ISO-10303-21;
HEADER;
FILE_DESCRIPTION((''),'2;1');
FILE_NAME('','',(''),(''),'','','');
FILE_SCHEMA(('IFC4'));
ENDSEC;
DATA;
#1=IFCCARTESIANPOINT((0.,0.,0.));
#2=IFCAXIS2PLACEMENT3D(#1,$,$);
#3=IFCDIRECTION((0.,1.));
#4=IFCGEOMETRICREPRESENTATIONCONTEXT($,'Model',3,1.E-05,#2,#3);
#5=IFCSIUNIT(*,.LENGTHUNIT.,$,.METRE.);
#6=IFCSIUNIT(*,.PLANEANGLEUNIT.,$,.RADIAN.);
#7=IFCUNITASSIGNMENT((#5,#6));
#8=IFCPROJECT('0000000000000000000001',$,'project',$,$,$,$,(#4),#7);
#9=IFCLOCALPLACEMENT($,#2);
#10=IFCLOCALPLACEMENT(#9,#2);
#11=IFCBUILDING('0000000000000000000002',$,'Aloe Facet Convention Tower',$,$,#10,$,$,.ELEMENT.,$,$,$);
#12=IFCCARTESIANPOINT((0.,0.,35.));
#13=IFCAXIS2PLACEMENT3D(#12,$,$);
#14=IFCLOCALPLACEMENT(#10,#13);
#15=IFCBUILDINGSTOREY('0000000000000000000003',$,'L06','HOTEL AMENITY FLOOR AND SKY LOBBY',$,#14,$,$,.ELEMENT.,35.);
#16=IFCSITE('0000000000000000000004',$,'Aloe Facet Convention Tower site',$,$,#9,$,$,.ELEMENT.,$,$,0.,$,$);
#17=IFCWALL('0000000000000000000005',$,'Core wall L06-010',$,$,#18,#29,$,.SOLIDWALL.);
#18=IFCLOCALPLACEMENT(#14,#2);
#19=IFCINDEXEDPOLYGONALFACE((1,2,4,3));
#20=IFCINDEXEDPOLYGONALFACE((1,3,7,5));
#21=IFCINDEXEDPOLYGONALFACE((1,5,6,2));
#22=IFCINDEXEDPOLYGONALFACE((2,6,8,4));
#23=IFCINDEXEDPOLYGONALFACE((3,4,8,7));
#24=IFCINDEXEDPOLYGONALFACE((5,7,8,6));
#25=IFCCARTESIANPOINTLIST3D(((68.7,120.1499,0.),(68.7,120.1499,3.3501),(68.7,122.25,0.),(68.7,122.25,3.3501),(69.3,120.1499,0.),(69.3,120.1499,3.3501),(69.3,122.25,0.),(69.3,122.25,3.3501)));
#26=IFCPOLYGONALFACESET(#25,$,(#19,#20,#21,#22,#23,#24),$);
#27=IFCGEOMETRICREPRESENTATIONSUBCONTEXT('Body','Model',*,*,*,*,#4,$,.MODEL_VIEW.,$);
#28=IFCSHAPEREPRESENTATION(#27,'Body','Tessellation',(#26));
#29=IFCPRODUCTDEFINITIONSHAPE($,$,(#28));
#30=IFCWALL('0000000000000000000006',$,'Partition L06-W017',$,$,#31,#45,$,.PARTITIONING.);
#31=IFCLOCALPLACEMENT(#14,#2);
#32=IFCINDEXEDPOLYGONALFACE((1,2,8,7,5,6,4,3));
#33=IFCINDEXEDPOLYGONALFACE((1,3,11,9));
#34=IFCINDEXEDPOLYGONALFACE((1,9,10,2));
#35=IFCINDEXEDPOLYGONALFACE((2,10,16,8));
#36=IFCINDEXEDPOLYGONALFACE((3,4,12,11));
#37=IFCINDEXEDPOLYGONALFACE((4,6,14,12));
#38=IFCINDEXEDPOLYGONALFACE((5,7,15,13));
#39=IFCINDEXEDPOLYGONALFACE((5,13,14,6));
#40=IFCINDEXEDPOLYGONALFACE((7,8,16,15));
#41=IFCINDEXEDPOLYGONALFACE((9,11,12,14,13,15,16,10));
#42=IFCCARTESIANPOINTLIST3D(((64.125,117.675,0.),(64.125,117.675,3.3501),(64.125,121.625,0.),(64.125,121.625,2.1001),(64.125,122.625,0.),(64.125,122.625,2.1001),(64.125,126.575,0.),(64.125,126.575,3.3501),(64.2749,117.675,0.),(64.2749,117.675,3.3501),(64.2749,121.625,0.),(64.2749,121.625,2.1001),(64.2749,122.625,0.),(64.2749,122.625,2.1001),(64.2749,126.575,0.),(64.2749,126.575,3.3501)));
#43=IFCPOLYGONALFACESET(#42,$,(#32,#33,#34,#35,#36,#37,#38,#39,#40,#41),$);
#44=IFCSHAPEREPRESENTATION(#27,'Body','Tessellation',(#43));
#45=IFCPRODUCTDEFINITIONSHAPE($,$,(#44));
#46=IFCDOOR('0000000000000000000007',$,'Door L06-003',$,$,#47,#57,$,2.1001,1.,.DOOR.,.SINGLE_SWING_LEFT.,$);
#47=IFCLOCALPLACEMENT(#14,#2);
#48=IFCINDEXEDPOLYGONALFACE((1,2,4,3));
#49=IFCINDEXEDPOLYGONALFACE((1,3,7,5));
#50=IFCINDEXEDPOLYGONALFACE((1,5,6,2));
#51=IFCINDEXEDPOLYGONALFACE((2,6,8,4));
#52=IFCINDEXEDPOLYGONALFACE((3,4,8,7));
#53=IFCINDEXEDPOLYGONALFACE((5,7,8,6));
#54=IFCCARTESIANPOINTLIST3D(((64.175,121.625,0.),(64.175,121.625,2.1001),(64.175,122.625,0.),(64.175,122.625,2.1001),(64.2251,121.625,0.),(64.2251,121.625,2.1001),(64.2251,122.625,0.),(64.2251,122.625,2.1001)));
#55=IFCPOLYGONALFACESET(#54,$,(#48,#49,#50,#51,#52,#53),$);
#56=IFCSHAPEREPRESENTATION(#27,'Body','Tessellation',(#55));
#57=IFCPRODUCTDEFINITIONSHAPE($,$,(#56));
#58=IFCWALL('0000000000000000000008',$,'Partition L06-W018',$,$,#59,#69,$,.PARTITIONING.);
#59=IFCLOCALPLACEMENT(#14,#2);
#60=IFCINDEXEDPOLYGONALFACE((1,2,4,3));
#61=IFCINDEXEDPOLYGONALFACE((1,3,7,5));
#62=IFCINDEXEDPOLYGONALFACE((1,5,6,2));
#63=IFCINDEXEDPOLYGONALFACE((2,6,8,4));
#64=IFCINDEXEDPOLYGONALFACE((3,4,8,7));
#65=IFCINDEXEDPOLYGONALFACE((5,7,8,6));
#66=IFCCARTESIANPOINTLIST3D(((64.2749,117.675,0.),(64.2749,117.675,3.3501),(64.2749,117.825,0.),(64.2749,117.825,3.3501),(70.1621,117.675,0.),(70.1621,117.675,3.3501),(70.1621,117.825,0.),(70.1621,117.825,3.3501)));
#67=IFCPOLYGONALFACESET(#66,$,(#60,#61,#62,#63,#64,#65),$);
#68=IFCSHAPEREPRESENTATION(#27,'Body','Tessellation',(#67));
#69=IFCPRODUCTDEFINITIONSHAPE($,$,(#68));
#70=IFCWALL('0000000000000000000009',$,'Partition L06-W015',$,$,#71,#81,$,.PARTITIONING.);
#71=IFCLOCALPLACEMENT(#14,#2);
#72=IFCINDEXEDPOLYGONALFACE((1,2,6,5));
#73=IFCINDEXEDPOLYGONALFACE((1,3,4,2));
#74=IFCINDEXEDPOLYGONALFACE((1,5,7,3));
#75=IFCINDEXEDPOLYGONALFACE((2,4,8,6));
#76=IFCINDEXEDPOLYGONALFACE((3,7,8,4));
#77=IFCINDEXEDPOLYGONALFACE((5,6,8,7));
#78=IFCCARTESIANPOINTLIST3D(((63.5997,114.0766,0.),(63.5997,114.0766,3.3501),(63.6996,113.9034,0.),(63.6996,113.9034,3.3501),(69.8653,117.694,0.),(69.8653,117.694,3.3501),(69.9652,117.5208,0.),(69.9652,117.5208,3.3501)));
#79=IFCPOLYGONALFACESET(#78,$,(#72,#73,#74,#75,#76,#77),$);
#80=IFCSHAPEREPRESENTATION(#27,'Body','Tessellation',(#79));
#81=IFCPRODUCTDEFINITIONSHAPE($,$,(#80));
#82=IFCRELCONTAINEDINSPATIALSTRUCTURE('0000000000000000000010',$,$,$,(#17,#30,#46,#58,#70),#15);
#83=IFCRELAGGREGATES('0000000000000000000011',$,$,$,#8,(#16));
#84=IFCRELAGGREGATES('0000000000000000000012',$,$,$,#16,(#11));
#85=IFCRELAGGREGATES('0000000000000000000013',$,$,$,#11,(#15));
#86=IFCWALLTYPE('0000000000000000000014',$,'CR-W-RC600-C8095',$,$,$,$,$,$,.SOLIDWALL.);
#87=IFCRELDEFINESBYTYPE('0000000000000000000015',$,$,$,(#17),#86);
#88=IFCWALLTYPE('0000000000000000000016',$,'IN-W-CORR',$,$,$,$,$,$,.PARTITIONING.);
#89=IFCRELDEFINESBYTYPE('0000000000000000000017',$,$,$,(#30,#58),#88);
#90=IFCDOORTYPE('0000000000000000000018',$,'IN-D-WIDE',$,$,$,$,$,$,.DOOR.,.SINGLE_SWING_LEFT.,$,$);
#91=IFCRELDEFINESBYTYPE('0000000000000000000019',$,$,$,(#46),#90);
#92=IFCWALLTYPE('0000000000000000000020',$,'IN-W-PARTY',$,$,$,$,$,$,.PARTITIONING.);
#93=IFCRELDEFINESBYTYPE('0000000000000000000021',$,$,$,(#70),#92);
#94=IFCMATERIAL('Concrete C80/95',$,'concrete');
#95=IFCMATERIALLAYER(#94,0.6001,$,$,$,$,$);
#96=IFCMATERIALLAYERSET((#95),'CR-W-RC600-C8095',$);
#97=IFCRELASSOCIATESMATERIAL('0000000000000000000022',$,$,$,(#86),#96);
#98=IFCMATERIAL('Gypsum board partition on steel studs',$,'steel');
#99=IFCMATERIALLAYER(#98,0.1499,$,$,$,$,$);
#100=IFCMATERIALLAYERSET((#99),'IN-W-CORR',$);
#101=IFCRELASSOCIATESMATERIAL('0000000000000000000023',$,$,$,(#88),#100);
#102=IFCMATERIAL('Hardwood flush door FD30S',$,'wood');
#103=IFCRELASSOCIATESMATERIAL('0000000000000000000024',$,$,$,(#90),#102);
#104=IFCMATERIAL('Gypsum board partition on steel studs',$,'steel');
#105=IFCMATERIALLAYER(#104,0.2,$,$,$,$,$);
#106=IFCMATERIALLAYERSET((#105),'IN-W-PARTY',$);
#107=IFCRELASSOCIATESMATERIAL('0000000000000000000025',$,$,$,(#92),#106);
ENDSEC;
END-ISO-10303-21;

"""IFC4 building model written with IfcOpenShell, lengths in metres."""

from ifc_helpers import new_model, si_unit, direction, frame, frame_2d, origin, place, context, subcontext, project, spatial, rectangle, extrude, material, layer, layer_set, type_object, element, fill, save


model = new_model("IFC4")

# Units and contexts
model_context = context("Model", 3, precision=1e-05, world=origin(), true_north=direction((0.0, 1.0)))
body_context = subcontext(model_context, "Body", "Model", "MODEL_VIEW")
ifc_project = project(units=[si_unit("LENGTHUNIT", "METRE"), si_unit("PLANEANGLEUNIT", "RADIAN")], contexts=[model_context])

# Site, building, storey
site_placement = place(None, origin())
site = spatial("IfcSite", under=ifc_project, at=site_placement, Name="Aloe Facet Convention Tower site", CompositionType="ELEMENT", RefElevation=0.0)
building_placement = place(site_placement, origin())
building = spatial("IfcBuilding", under=site, at=building_placement, Name="Aloe Facet Convention Tower", CompositionType="ELEMENT")
storey_placement = place(building_placement, frame((0.0, 0.0, 35.0)))
storey = spatial("IfcBuildingStorey", under=building, at=storey_placement, Name="L06", Description="HOTEL AMENITY FLOOR AND SKY LOBBY", CompositionType="ELEMENT", Elevation=35.0)

# Shared definitions
ifc_material_1 = material(Name="Concrete C80/95", Category="concrete")
ifc_layer_1 = layer(ifc_material_1, 0.6001)
ifc_layer_set_1 = layer_set([ifc_layer_1], Name="CR-W-RC600-C8095")
wall_type_1 = type_object("IfcWallType", Name="CR-W-RC600-C8095", PredefinedType="SOLIDWALL", material=ifc_layer_set_1)

# Wall
wall_1_placement = place(storey_placement, frame((69.0, 122.25, 0.0), z_axis=(0.0, 0.0, 1.0), x_axis=(0.0, -1.0, 0.0)))
element("IfcWall", 1, at=wall_1_placement, inside=storey, type_object=wall_type_1, Name="Core wall L06-010", PredefinedType="SOLIDWALL", context=body_context, shape_type="SweptSolid", body=[
    extrude(rectangle(XDim=2.1001, YDim=0.6001, at=frame_2d((1.05, 0.0))), origin(), (0.0, 0.0, 1.0), 3.3501),
])

# Wall, opening, door
ifc_material_2 = material(Name="Gypsum board partition on steel studs", Category="steel")
ifc_layer_2 = layer(ifc_material_2, 0.1499)
ifc_layer_set_2 = layer_set([ifc_layer_2], Name="IN-W-CORR")
wall_type_2 = type_object("IfcWallType", Name="IN-W-CORR", PredefinedType="PARTITIONING", material=ifc_layer_set_2)
wall_2_placement = place(storey_placement, frame((64.2, 117.675, 0.0), z_axis=(0.0, 0.0, 1.0), x_axis=(0.0, 1.0, 0.0)))
wall_2 = element("IfcWall", 2, at=wall_2_placement, inside=storey, type_object=wall_type_2, Name="Partition L06-W017", PredefinedType="PARTITIONING", context=body_context, shape_type="SweptSolid", body=[
    extrude(rectangle(XDim=8.8999, YDim=0.1499, at=frame_2d((4.45, 0.0))), origin(), (0.0, 0.0, 1.0), 3.3501),
])
opening_1_placement = place(wall_2_placement, frame((3.95, 0.0, 0.0)))
opening_1 = element("IfcOpeningElement", 3, at=opening_1_placement, cuts=wall_2, PredefinedType="OPENING", context=body_context, shape_type="SweptSolid", body=[
    extrude(rectangle(XDim=1.0, YDim=2.1001, at=frame_2d((0.5, 1.05))), frame((0.0, 0.085, 0.0), z_axis=(0.0, -1.0, 0.0), x_axis=(1.0, 0.0, 0.0)), (0.0, 0.0, 1.0), 0.1699),
])
ifc_material_3 = material(Name="Hardwood flush door FD30S", Category="wood")
door_type_1 = type_object("IfcDoorType", Name="IN-D-WIDE", OperationType="SINGLE_SWING_LEFT", PredefinedType="DOOR", material=ifc_material_3)
door_1_placement = place(opening_1_placement, origin())
door_1 = element("IfcDoor", 4, at=door_1_placement, inside=storey, type_object=door_type_1, Name="Door L06-003", OperationType="SINGLE_SWING_LEFT", OverallHeight=2.1001, OverallWidth=1.0, PredefinedType="DOOR", context=body_context, shape_type="SweptSolid", body=[
    extrude(rectangle(XDim=1.0, YDim=2.1001, at=frame_2d((0.5, 1.05))), frame((0.0, 0.0249, 0.0), z_axis=(0.0, -1.0, 0.0), x_axis=(1.0, 0.0, 0.0)), (0.0, 0.0, 1.0), 0.05),
])
fill(opening_1, door_1)

# Walls
wall_3_placement = place(storey_placement, frame((64.2749, 117.75, 0.0), z_axis=(0.0, 0.0, 1.0), x_axis=(1.0, 0.0, 0.0)))
element("IfcWall", 5, at=wall_3_placement, inside=storey, type_object=wall_type_2, Name="Partition L06-W018", PredefinedType="PARTITIONING", context=body_context, shape_type="SweptSolid", body=[
    extrude(rectangle(XDim=5.8872, YDim=0.1499, at=frame_2d((2.9436, 0.0))), origin(), (0.0, 0.0, 1.0), 3.3501),
])
ifc_material_4 = material(Name="Gypsum board partition on steel studs", Category="steel")
ifc_layer_3 = layer(ifc_material_4, 0.2)
ifc_layer_set_3 = layer_set([ifc_layer_3], Name="IN-W-PARTY")
wall_type_3 = type_object("IfcWallType", Name="IN-W-PARTY", PredefinedType="PARTITIONING", material=ifc_layer_set_3)
wall_4_placement = place(storey_placement, frame((63.6497, 113.99, 0.0), z_axis=(0.0, 0.0, 1.0), x_axis=(0.866027, 0.499997, 0.0)))
element("IfcWall", 6, at=wall_4_placement, inside=storey, type_object=wall_type_3, Name="Partition L06-W015", PredefinedType="PARTITIONING", context=body_context, shape_type="SweptSolid", body=[
    extrude(rectangle(XDim=7.2349, YDim=0.2, at=frame_2d((3.6174, 0.0))), origin(), (0.0, 0.0, 1.0), 3.3501),
])

save(model, "model.ifc")
